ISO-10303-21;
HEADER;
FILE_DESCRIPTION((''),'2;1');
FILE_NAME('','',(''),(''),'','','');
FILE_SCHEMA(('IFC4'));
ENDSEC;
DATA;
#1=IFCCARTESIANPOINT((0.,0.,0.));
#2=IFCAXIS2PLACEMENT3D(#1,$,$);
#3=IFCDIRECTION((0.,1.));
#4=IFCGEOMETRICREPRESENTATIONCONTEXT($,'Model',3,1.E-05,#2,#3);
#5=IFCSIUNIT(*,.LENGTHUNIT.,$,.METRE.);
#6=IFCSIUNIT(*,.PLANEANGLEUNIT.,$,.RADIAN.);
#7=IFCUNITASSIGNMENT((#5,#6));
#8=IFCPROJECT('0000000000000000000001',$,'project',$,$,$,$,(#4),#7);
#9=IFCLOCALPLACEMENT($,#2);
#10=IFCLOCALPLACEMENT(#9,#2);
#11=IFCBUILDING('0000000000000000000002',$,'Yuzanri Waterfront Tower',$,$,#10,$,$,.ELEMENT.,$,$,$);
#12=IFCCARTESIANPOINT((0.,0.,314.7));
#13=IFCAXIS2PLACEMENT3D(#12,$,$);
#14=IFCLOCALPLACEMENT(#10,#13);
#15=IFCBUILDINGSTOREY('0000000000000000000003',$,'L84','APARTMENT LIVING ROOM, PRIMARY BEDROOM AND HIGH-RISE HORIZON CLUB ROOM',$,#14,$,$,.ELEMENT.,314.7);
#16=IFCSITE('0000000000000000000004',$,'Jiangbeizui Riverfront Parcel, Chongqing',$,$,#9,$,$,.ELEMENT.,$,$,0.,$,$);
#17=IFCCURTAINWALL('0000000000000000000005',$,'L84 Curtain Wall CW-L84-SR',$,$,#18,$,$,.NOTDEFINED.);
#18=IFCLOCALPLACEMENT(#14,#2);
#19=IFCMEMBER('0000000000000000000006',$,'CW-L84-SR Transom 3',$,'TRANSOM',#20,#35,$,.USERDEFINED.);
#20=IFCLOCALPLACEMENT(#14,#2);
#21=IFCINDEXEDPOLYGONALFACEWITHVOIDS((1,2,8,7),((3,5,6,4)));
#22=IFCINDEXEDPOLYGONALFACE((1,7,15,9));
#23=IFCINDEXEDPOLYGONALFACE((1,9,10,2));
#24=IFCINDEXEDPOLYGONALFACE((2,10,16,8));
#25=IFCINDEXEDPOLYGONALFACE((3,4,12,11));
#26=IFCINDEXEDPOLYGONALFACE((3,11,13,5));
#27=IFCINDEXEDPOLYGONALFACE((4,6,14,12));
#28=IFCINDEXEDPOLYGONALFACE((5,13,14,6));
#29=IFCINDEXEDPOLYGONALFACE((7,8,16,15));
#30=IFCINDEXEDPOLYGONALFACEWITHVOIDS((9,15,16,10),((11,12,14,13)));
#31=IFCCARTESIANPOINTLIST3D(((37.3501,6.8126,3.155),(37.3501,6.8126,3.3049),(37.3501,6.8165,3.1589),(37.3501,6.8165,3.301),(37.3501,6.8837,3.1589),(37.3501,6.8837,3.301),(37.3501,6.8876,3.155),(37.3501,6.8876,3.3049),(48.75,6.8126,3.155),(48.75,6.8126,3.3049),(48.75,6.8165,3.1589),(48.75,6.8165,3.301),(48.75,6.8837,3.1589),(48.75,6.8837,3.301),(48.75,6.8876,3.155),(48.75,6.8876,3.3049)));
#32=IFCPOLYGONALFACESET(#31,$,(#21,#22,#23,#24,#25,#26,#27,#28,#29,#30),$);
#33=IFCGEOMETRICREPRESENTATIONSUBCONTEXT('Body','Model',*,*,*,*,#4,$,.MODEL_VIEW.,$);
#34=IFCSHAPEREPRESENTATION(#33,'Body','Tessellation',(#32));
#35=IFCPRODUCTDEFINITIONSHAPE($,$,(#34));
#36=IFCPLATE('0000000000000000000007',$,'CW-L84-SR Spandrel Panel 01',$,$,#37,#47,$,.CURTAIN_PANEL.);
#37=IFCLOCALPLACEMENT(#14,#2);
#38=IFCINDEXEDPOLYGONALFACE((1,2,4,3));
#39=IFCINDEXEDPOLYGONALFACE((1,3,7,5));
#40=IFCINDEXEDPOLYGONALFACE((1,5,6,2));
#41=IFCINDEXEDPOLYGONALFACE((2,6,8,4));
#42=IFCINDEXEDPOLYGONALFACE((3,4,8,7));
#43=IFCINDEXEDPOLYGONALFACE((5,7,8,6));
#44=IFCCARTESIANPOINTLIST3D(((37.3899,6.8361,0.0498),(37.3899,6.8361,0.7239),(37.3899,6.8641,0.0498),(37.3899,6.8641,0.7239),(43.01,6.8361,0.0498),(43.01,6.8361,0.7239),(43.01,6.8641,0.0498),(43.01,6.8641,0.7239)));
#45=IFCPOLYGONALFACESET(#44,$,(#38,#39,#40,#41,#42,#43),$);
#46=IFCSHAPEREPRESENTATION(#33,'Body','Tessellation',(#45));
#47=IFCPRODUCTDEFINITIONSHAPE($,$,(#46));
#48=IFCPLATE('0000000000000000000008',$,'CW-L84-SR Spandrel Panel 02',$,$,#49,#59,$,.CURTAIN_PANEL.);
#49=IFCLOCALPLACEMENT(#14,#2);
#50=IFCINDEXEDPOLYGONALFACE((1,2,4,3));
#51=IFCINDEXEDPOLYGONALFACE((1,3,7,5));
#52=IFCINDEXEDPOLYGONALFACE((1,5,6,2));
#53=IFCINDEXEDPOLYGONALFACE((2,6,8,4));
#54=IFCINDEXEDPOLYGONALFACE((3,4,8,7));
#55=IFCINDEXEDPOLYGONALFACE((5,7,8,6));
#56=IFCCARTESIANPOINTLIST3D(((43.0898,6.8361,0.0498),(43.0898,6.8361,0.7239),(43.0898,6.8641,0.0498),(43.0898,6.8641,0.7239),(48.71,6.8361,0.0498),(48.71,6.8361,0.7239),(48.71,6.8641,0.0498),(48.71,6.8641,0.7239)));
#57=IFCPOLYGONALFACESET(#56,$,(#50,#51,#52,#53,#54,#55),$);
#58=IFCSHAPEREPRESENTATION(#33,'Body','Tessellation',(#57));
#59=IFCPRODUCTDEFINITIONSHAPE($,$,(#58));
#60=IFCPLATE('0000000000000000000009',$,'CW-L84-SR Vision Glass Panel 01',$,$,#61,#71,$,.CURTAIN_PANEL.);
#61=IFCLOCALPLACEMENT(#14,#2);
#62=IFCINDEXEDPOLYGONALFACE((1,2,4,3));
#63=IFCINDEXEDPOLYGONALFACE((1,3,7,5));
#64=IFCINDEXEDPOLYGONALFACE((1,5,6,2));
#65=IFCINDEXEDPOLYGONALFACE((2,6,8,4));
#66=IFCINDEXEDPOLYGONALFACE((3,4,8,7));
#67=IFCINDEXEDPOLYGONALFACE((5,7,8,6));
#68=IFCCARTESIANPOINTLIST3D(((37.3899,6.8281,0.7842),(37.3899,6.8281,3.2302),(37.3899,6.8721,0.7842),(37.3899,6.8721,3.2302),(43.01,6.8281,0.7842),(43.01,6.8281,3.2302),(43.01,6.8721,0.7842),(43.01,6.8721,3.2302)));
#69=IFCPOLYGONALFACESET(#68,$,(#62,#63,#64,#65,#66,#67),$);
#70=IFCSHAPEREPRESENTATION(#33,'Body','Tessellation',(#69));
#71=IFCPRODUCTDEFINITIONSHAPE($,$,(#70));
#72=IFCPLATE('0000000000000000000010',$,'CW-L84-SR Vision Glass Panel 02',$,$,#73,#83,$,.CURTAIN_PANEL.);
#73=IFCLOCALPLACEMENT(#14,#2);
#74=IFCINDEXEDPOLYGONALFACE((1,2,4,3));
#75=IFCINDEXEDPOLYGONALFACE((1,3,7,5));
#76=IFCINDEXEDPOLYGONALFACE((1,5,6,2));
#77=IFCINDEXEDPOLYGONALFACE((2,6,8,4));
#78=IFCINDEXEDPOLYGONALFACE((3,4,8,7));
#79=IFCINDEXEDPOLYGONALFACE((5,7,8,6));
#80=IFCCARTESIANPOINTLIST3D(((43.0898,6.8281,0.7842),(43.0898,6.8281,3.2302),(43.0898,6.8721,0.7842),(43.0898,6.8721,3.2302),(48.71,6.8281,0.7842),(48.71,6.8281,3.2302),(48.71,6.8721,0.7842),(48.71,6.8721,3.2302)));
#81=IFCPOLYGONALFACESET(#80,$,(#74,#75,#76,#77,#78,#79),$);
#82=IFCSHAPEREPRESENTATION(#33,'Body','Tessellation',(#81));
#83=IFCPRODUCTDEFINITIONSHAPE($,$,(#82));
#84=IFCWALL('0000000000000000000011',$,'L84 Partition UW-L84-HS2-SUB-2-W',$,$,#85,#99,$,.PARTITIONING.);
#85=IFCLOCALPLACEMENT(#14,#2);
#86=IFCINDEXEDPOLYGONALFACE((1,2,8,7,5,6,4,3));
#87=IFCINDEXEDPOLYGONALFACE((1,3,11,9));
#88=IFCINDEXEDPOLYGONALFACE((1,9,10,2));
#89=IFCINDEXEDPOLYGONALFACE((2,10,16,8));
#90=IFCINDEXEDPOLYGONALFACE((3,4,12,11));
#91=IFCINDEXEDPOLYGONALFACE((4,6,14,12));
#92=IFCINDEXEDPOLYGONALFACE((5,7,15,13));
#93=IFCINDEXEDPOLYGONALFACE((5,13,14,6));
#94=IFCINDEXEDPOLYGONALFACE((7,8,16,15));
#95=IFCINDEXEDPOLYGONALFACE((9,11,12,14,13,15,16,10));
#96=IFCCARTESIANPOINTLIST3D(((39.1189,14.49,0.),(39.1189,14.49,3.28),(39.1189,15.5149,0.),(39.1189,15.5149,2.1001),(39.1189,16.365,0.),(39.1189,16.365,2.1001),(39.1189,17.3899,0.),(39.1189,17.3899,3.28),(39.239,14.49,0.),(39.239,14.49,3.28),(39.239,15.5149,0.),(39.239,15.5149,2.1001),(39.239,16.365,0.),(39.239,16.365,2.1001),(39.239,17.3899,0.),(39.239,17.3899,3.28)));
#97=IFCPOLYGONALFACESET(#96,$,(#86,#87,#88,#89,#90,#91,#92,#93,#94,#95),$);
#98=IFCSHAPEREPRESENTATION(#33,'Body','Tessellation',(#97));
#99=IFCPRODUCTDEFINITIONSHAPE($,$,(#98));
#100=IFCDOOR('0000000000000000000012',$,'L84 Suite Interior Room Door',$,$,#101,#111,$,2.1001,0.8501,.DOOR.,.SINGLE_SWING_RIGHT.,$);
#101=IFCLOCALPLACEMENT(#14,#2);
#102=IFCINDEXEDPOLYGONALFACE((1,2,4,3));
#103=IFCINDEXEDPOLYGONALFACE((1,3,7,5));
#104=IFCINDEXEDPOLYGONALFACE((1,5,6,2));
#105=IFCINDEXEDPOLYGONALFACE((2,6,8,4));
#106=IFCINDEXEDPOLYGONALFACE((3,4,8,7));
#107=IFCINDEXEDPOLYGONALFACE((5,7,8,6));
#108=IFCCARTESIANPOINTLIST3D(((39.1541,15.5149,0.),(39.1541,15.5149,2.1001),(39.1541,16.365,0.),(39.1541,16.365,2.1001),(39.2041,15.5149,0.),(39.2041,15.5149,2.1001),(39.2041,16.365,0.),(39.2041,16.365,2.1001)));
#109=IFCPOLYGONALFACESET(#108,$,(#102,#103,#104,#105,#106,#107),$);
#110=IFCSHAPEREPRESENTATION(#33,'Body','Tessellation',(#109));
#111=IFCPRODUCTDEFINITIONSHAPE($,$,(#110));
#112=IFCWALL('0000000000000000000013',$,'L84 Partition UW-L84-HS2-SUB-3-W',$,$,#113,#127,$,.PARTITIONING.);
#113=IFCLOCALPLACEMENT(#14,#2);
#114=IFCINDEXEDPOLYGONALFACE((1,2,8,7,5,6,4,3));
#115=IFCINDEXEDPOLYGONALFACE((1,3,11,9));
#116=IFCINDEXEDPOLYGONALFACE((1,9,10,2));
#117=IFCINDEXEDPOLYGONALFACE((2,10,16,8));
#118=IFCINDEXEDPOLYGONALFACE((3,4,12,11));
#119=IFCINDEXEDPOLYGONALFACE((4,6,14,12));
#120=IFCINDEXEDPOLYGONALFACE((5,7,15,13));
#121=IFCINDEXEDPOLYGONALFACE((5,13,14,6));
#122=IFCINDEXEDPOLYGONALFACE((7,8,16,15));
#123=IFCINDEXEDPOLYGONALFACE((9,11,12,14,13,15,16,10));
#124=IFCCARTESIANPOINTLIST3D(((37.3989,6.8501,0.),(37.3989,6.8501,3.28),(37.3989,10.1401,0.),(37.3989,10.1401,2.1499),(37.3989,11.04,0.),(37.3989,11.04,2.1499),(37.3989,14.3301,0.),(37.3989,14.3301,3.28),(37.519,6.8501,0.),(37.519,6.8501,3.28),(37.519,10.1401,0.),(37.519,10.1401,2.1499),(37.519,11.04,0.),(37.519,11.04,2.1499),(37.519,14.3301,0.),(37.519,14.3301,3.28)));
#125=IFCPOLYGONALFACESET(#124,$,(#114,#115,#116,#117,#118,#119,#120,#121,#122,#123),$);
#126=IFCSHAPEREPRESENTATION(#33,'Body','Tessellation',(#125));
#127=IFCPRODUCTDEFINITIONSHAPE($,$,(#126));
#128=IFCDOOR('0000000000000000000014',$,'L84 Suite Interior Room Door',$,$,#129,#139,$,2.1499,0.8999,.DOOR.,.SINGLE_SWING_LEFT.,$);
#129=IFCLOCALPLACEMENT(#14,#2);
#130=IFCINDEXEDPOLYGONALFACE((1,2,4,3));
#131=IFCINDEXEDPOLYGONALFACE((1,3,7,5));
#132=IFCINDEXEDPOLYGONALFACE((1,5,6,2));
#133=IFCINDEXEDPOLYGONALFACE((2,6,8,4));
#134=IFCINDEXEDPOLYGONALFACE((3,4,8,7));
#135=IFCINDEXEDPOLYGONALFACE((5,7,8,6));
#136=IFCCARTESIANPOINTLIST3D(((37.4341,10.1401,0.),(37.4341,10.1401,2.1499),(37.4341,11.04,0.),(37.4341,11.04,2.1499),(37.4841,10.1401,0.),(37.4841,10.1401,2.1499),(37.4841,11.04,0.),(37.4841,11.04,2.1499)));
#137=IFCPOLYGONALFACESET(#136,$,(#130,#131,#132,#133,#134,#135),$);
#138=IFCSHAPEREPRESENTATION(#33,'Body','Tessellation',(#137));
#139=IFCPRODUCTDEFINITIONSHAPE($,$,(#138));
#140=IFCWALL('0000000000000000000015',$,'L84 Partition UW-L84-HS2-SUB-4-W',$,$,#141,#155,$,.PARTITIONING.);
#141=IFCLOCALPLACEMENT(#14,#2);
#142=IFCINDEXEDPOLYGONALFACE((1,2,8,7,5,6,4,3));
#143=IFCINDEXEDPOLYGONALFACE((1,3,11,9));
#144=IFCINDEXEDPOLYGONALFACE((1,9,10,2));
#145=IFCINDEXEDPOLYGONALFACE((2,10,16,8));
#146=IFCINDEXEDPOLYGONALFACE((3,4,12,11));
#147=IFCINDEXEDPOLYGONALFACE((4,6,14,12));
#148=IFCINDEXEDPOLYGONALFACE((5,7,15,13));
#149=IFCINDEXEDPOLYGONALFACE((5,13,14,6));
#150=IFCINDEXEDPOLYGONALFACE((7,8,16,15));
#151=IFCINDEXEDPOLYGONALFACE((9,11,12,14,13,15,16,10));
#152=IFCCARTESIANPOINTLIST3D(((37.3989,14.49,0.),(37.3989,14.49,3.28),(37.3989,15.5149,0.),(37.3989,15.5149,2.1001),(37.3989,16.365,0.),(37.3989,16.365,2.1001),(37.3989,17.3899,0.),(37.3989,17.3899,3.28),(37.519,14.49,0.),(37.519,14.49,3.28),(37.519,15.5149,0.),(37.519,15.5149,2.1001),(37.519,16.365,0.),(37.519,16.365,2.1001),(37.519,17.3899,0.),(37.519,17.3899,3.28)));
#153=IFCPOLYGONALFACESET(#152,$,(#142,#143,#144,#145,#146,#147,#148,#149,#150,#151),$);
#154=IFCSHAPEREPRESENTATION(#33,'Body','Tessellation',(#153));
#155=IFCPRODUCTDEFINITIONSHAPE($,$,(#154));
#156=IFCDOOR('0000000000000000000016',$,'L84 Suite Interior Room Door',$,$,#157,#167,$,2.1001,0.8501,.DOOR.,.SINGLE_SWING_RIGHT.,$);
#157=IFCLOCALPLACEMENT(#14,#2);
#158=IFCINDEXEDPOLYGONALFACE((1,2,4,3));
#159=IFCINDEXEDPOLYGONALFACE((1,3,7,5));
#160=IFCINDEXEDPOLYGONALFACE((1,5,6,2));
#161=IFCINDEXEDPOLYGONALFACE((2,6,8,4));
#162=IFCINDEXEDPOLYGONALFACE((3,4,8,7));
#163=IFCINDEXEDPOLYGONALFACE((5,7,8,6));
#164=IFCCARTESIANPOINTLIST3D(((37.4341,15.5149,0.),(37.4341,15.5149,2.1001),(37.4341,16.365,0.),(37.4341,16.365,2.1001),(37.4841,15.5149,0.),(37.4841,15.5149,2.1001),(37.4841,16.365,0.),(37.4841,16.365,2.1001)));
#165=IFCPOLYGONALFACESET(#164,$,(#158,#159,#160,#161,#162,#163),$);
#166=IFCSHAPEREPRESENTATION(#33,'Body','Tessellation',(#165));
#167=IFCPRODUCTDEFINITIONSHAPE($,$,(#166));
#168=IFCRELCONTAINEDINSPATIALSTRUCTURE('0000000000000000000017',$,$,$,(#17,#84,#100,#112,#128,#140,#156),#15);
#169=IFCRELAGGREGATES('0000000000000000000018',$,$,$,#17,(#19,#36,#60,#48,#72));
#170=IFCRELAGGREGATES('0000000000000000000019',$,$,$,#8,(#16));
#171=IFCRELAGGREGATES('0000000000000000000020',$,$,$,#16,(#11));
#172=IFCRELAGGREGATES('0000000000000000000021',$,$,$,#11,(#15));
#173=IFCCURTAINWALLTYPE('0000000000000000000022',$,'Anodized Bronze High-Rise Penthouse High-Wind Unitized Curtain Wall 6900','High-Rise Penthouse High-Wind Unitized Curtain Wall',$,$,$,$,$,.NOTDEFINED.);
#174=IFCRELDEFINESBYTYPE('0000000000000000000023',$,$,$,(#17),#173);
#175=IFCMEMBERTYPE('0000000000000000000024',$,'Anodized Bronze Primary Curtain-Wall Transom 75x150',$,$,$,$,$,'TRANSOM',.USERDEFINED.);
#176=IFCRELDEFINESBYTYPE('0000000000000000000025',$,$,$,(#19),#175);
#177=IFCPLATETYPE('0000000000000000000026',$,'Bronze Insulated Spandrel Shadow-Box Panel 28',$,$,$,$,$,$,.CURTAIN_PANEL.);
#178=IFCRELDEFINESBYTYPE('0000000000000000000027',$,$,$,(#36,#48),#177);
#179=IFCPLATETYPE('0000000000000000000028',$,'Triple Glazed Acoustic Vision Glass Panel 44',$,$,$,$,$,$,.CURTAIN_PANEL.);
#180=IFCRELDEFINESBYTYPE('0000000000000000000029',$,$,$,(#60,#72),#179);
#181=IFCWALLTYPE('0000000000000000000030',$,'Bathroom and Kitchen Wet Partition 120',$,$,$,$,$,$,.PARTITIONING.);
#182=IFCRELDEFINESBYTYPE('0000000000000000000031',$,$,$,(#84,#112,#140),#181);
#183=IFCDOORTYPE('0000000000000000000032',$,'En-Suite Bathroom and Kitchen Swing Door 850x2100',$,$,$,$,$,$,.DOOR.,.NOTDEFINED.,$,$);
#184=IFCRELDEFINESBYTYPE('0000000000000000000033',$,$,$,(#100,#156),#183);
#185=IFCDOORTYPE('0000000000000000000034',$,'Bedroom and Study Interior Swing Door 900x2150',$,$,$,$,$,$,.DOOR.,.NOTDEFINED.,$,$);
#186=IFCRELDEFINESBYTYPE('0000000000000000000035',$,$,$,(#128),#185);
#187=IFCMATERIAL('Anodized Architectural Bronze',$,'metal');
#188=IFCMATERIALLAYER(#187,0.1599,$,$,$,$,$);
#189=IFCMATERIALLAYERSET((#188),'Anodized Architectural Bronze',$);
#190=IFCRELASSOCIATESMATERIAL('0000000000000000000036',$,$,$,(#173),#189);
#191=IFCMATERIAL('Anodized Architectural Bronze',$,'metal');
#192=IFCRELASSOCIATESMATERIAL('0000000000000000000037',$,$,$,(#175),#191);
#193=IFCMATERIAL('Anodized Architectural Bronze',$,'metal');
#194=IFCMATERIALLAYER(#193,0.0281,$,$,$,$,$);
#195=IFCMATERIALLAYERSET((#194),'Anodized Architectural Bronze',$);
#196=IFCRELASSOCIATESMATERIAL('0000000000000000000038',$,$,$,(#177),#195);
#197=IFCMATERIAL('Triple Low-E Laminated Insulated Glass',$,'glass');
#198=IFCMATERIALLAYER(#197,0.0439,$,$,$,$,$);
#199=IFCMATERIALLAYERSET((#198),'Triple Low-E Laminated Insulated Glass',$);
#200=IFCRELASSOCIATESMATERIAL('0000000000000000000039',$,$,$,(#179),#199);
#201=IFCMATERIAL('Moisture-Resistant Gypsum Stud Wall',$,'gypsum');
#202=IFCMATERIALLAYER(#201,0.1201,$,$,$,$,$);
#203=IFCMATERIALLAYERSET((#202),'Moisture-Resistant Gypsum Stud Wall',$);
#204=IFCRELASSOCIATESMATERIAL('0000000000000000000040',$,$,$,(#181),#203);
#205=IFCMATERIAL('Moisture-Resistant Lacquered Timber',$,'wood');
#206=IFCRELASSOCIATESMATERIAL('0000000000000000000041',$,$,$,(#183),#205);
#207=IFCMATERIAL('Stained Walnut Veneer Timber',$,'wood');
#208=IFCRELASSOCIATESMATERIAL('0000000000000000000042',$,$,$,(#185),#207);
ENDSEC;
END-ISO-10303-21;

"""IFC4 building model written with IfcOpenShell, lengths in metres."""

from ifc_helpers import new_model, si_unit, direction, frame, frame_2d, origin, origin_2d, place, context, subcontext, project, spatial, rectangle, hollow_rectangle, extrude, source, transform, mapped, material, layer, layer_set, material_profile, profile_set, type_object, element, fill, aggregate, save


model = new_model("IFC4")

# Units and contexts
model_context = context("Model", 3, precision=1e-05, world=origin(), true_north=direction((0.0, 1.0)))
body_context = subcontext(model_context, "Body", "Model", "MODEL_VIEW")
ifc_project = project(units=[si_unit("LENGTHUNIT", "METRE"), si_unit("PLANEANGLEUNIT", "RADIAN")], contexts=[model_context])

# Site, building, storey
site_placement = place(None, origin())
site = spatial("IfcSite", under=ifc_project, at=site_placement, Name="Jiangbeizui Riverfront Parcel, Chongqing", CompositionType="ELEMENT", RefElevation=0.0)
building_placement = place(site_placement, origin())
building = spatial("IfcBuilding", under=site, at=building_placement, Name="Yuzanri Waterfront Tower", CompositionType="ELEMENT")
storey_placement = place(building_placement, frame((0.0, 0.0, 314.7)))
storey = spatial("IfcBuildingStorey", under=building, at=storey_placement, Name="L84", Description="APARTMENT LIVING ROOM, PRIMARY BEDROOM AND HIGH-RISE HORIZON CLUB ROOM", CompositionType="ELEMENT", Elevation=314.7)

# Curtain wall, member, plates
ifc_material_1 = material(Name="Anodized Architectural Bronze", Category="metal")
ifc_layer_1 = layer(ifc_material_1, 0.1599)
ifc_layer_set_1 = layer_set([ifc_layer_1], Name="Anodized Architectural Bronze")
curtain_wall_type = type_object("IfcCurtainWallType", Name="Anodized Bronze High-Rise Penthouse High-Wind Unitized Curtain Wall 6900", Description="High-Rise Penthouse High-Wind Unitized Curtain Wall", PredefinedType="NOTDEFINED", material=ifc_layer_set_1)
curtain_wall_placement = place(storey_placement, origin())
curtain_wall = element("IfcCurtainWall", 1, at=curtain_wall_placement, inside=storey, type_object=curtain_wall_type, Name="L84 Curtain Wall CW-L84-SR", PredefinedType="NOTDEFINED")
ifc_material_2 = material(Name="Anodized Architectural Bronze", Category="metal")
ifc_material_profile_1 = material_profile(ifc_material_2, hollow_rectangle(XDim=0.075, YDim=0.1499, WallThickness=0.0039, at=origin_2d()), Name="CWT 75x150")
ifc_profile_set_1 = profile_set([ifc_material_profile_1], Name="Anodized Architectural Bronze")
member_type_1 = type_object("IfcMemberType", Name="Anodized Bronze Primary Curtain-Wall Transom 75x150", ElementType="TRANSOM", PredefinedType="USERDEFINED", material=ifc_profile_set_1)
shared_shape_1 = source(origin(), body_context, "Body", "SweptSolid", [
    extrude(hollow_rectangle(XDim=0.075, YDim=0.1499, WallThickness=0.0039, at=origin_2d()), origin(), (0.0, 0.0, 1.0), 11.3999),
])
member_1_placement = place(storey_placement, frame((37.3501, 6.8501, 3.23), z_axis=(1.0, 0.0, 0.0), x_axis=(0.0, 1.0, 0.0)))
member_1 = element("IfcMember", 2, at=member_1_placement, type_object=member_type_1, Name="CW-L84-SR Transom 3", ObjectType="TRANSOM", PredefinedType="USERDEFINED", context=body_context, shape_type="MappedRepresentation", body=[
    mapped(shared_shape_1, transform((0.0, 0.0, 0.0), scale=1.0)),
])
ifc_material_3 = material(Name="Anodized Architectural Bronze", Category="metal")
ifc_layer_2 = layer(ifc_material_3, 0.0281)
ifc_layer_set_2 = layer_set([ifc_layer_2], Name="Anodized Architectural Bronze")
plate_type_1 = type_object("IfcPlateType", Name="Bronze Insulated Spandrel Shadow-Box Panel 28", PredefinedType="CURTAIN_PANEL", material=ifc_layer_set_2)
shared_shape_2 = source(origin(), body_context, "Body", "SweptSolid", [
    extrude(rectangle(XDim=5.6201, YDim=0.0281, at=origin_2d()), origin(), (0.0, 0.0, 1.0), 0.6741),
])
plate_1_placement = place(storey_placement, frame((40.2, 6.8501, 0.0498), z_axis=(0.0, 0.0, 1.0), x_axis=(1.0, 0.0, 0.0)))
plate_1 = element("IfcPlate", 3, at=plate_1_placement, type_object=plate_type_1, Name="CW-L84-SR Spandrel Panel 01", PredefinedType="CURTAIN_PANEL", context=body_context, shape_type="MappedRepresentation", body=[
    mapped(shared_shape_2, transform((0.0, 0.0, 0.0), scale=1.0)),
])
plate_2_placement = place(storey_placement, frame((45.8999, 6.8501, 0.0498), z_axis=(0.0, 0.0, 1.0), x_axis=(1.0, 0.0, 0.0)))
plate_2 = element("IfcPlate", 4, at=plate_2_placement, type_object=plate_type_1, Name="CW-L84-SR Spandrel Panel 02", PredefinedType="CURTAIN_PANEL", context=body_context, shape_type="MappedRepresentation", body=[
    mapped(shared_shape_2, transform((0.0, 0.0, 0.0), scale=1.0)),
])
ifc_material_4 = material(Name="Triple Low-E Laminated Insulated Glass", Category="glass")
ifc_layer_3 = layer(ifc_material_4, 0.0439)
ifc_layer_set_3 = layer_set([ifc_layer_3], Name="Triple Low-E Laminated Insulated Glass")
plate_type_2 = type_object("IfcPlateType", Name="Triple Glazed Acoustic Vision Glass Panel 44", PredefinedType="CURTAIN_PANEL", material=ifc_layer_set_3)
shared_shape_3 = source(origin(), body_context, "Body", "SweptSolid", [
    extrude(rectangle(XDim=5.6201, YDim=0.0439, at=origin_2d()), origin(), (0.0, 0.0, 1.0), 2.446),
])
plate_3_placement = place(storey_placement, frame((40.2, 6.8501, 0.7842), z_axis=(0.0, 0.0, 1.0), x_axis=(1.0, 0.0, 0.0)))
plate_3 = element("IfcPlate", 5, at=plate_3_placement, type_object=plate_type_2, Name="CW-L84-SR Vision Glass Panel 01", PredefinedType="CURTAIN_PANEL", context=body_context, shape_type="MappedRepresentation", body=[
    mapped(shared_shape_3, transform((0.0, 0.0, 0.0), scale=1.0)),
])
plate_4_placement = place(storey_placement, frame((45.8999, 6.8501, 0.7842), z_axis=(0.0, 0.0, 1.0), x_axis=(1.0, 0.0, 0.0)))
plate_4 = element("IfcPlate", 6, at=plate_4_placement, type_object=plate_type_2, Name="CW-L84-SR Vision Glass Panel 02", PredefinedType="CURTAIN_PANEL", context=body_context, shape_type="MappedRepresentation", body=[
    mapped(shared_shape_3, transform((0.0, 0.0, 0.0), scale=1.0)),
])
aggregate(curtain_wall, [member_1, plate_1, plate_3, plate_2, plate_4])

# Walls, openings, doors
ifc_material_5 = material(Name="Moisture-Resistant Gypsum Stud Wall", Category="gypsum")
ifc_layer_4 = layer(ifc_material_5, 0.1201)
ifc_layer_set_4 = layer_set([ifc_layer_4], Name="Moisture-Resistant Gypsum Stud Wall")
wall_type_1 = type_object("IfcWallType", Name="Bathroom and Kitchen Wet Partition 120", PredefinedType="PARTITIONING", material=ifc_layer_set_4)
wall_1_placement = place(storey_placement, frame((39.179, 14.49, 0.0), z_axis=(0.0, 0.0, 1.0), x_axis=(0.0, 1.0, 0.0)))
wall_1 = element("IfcWall", 7, at=wall_1_placement, inside=storey, type_object=wall_type_1, Name="L84 Partition UW-L84-HS2-SUB-2-W", PredefinedType="PARTITIONING", context=body_context, shape_type="SweptSolid", body=[
    extrude(rectangle(XDim=2.8999, YDim=0.1201, at=frame_2d((1.45, 0.0))), origin(), (0.0, 0.0, 1.0), 3.28),
])
opening_1_placement = place(wall_1_placement, frame((1.0249, 0.0, 0.0)))
opening_1 = element("IfcOpeningElement", 8, at=opening_1_placement, cuts=wall_1, PredefinedType="OPENING", context=body_context, shape_type="SweptSolid", body=[
    extrude(rectangle(XDim=0.8501, YDim=2.1001, at=frame_2d((0.425, 1.05))), frame((0.0, 0.075, 0.0), z_axis=(0.0, -1.0, 0.0), x_axis=(1.0, 0.0, 0.0)), (0.0, 0.0, 1.0), 0.1499),
])
ifc_material_6 = material(Name="Moisture-Resistant Lacquered Timber", Category="wood")
door_type_1 = type_object("IfcDoorType", Name="En-Suite Bathroom and Kitchen Swing Door 850x2100", OperationType="NOTDEFINED", PredefinedType="DOOR", material=ifc_material_6)
shared_shape_4 = source(origin(), body_context, "Body", "SweptSolid", [
    extrude(rectangle(XDim=0.8501, YDim=2.1001, at=frame_2d((0.425, 1.05))), frame((0.0, 0.0249, 0.0), z_axis=(0.0, -1.0, 0.0), x_axis=(1.0, 0.0, 0.0)), (0.0, 0.0, 1.0), 0.05),
])
door_1_placement = place(opening_1_placement, origin())
door_1 = element("IfcDoor", 9, at=door_1_placement, inside=storey, type_object=door_type_1, Name="L84 Suite Interior Room Door", OperationType="SINGLE_SWING_RIGHT", OverallHeight=2.1001, OverallWidth=0.8501, PredefinedType="DOOR", context=body_context, shape_type="MappedRepresentation", body=[
    mapped(shared_shape_4, transform((0.0, 0.0, 0.0), scale=1.0)),
])
fill(opening_1, door_1)
wall_2_placement = place(storey_placement, frame((37.459, 6.8501, 0.0), z_axis=(0.0, 0.0, 1.0), x_axis=(0.0, 1.0, 0.0)))
wall_2 = element("IfcWall", 10, at=wall_2_placement, inside=storey, type_object=wall_type_1, Name="L84 Partition UW-L84-HS2-SUB-3-W", PredefinedType="PARTITIONING", context=body_context, shape_type="SweptSolid", body=[
    extrude(rectangle(XDim=7.48, YDim=0.1201, at=frame_2d((3.74, 0.0))), origin(), (0.0, 0.0, 1.0), 3.28),
])
opening_2_placement = place(wall_2_placement, frame((3.29, 0.0, 0.0)))
opening_2 = element("IfcOpeningElement", 11, at=opening_2_placement, cuts=wall_2, PredefinedType="OPENING", context=body_context, shape_type="SweptSolid", body=[
    extrude(rectangle(XDim=0.8999, YDim=2.1499, at=frame_2d((0.45, 1.075))), frame((0.0, 0.075, 0.0), z_axis=(0.0, -1.0, 0.0), x_axis=(1.0, 0.0, 0.0)), (0.0, 0.0, 1.0), 0.1499),
])
ifc_material_7 = material(Name="Stained Walnut Veneer Timber", Category="wood")
door_type_2 = type_object("IfcDoorType", Name="Bedroom and Study Interior Swing Door 900x2150", OperationType="NOTDEFINED", PredefinedType="DOOR", material=ifc_material_7)
shared_shape_5 = source(origin(), body_context, "Body", "SweptSolid", [
    extrude(rectangle(XDim=0.8999, YDim=2.1499, at=frame_2d((0.45, 1.075))), frame((0.0, 0.0249, 0.0), z_axis=(0.0, -1.0, 0.0), x_axis=(1.0, 0.0, 0.0)), (0.0, 0.0, 1.0), 0.05),
])
door_2_placement = place(opening_2_placement, origin())
door_2 = element("IfcDoor", 12, at=door_2_placement, inside=storey, type_object=door_type_2, Name="L84 Suite Interior Room Door", OperationType="SINGLE_SWING_LEFT", OverallHeight=2.1499, OverallWidth=0.8999, PredefinedType="DOOR", context=body_context, shape_type="MappedRepresentation", body=[
    mapped(shared_shape_5, transform((0.0, 0.0, 0.0), scale=1.0)),
])
fill(opening_2, door_2)
wall_3_placement = place(storey_placement, frame((37.459, 14.49, 0.0), z_axis=(0.0, 0.0, 1.0), x_axis=(0.0, 1.0, 0.0)))
wall_3 = element("IfcWall", 13, at=wall_3_placement, inside=storey, type_object=wall_type_1, Name="L84 Partition UW-L84-HS2-SUB-4-W", PredefinedType="PARTITIONING", context=body_context, shape_type="SweptSolid", body=[
    extrude(rectangle(XDim=2.8999, YDim=0.1201, at=frame_2d((1.45, 0.0))), origin(), (0.0, 0.0, 1.0), 3.28),
])
opening_3_placement = place(wall_3_placement, frame((1.0249, 0.0, 0.0)))
opening_3 = element("IfcOpeningElement", 14, at=opening_3_placement, cuts=wall_3, PredefinedType="OPENING", context=body_context, shape_type="SweptSolid", body=[
    extrude(rectangle(XDim=0.8501, YDim=2.1001, at=frame_2d((0.425, 1.05))), frame((0.0, 0.075, 0.0), z_axis=(0.0, -1.0, 0.0), x_axis=(1.0, 0.0, 0.0)), (0.0, 0.0, 1.0), 0.1499),
])
door_3_placement = place(opening_3_placement, origin())
door_3 = element("IfcDoor", 15, at=door_3_placement, inside=storey, type_object=door_type_1, Name="L84 Suite Interior Room Door", OperationType="SINGLE_SWING_RIGHT", OverallHeight=2.1001, OverallWidth=0.8501, PredefinedType="DOOR", context=body_context, shape_type="MappedRepresentation", body=[
    mapped(shared_shape_4, transform((0.0, 0.0, 0.0), scale=1.0)),
])
fill(opening_3, door_3)

save(model, "model.ifc")
